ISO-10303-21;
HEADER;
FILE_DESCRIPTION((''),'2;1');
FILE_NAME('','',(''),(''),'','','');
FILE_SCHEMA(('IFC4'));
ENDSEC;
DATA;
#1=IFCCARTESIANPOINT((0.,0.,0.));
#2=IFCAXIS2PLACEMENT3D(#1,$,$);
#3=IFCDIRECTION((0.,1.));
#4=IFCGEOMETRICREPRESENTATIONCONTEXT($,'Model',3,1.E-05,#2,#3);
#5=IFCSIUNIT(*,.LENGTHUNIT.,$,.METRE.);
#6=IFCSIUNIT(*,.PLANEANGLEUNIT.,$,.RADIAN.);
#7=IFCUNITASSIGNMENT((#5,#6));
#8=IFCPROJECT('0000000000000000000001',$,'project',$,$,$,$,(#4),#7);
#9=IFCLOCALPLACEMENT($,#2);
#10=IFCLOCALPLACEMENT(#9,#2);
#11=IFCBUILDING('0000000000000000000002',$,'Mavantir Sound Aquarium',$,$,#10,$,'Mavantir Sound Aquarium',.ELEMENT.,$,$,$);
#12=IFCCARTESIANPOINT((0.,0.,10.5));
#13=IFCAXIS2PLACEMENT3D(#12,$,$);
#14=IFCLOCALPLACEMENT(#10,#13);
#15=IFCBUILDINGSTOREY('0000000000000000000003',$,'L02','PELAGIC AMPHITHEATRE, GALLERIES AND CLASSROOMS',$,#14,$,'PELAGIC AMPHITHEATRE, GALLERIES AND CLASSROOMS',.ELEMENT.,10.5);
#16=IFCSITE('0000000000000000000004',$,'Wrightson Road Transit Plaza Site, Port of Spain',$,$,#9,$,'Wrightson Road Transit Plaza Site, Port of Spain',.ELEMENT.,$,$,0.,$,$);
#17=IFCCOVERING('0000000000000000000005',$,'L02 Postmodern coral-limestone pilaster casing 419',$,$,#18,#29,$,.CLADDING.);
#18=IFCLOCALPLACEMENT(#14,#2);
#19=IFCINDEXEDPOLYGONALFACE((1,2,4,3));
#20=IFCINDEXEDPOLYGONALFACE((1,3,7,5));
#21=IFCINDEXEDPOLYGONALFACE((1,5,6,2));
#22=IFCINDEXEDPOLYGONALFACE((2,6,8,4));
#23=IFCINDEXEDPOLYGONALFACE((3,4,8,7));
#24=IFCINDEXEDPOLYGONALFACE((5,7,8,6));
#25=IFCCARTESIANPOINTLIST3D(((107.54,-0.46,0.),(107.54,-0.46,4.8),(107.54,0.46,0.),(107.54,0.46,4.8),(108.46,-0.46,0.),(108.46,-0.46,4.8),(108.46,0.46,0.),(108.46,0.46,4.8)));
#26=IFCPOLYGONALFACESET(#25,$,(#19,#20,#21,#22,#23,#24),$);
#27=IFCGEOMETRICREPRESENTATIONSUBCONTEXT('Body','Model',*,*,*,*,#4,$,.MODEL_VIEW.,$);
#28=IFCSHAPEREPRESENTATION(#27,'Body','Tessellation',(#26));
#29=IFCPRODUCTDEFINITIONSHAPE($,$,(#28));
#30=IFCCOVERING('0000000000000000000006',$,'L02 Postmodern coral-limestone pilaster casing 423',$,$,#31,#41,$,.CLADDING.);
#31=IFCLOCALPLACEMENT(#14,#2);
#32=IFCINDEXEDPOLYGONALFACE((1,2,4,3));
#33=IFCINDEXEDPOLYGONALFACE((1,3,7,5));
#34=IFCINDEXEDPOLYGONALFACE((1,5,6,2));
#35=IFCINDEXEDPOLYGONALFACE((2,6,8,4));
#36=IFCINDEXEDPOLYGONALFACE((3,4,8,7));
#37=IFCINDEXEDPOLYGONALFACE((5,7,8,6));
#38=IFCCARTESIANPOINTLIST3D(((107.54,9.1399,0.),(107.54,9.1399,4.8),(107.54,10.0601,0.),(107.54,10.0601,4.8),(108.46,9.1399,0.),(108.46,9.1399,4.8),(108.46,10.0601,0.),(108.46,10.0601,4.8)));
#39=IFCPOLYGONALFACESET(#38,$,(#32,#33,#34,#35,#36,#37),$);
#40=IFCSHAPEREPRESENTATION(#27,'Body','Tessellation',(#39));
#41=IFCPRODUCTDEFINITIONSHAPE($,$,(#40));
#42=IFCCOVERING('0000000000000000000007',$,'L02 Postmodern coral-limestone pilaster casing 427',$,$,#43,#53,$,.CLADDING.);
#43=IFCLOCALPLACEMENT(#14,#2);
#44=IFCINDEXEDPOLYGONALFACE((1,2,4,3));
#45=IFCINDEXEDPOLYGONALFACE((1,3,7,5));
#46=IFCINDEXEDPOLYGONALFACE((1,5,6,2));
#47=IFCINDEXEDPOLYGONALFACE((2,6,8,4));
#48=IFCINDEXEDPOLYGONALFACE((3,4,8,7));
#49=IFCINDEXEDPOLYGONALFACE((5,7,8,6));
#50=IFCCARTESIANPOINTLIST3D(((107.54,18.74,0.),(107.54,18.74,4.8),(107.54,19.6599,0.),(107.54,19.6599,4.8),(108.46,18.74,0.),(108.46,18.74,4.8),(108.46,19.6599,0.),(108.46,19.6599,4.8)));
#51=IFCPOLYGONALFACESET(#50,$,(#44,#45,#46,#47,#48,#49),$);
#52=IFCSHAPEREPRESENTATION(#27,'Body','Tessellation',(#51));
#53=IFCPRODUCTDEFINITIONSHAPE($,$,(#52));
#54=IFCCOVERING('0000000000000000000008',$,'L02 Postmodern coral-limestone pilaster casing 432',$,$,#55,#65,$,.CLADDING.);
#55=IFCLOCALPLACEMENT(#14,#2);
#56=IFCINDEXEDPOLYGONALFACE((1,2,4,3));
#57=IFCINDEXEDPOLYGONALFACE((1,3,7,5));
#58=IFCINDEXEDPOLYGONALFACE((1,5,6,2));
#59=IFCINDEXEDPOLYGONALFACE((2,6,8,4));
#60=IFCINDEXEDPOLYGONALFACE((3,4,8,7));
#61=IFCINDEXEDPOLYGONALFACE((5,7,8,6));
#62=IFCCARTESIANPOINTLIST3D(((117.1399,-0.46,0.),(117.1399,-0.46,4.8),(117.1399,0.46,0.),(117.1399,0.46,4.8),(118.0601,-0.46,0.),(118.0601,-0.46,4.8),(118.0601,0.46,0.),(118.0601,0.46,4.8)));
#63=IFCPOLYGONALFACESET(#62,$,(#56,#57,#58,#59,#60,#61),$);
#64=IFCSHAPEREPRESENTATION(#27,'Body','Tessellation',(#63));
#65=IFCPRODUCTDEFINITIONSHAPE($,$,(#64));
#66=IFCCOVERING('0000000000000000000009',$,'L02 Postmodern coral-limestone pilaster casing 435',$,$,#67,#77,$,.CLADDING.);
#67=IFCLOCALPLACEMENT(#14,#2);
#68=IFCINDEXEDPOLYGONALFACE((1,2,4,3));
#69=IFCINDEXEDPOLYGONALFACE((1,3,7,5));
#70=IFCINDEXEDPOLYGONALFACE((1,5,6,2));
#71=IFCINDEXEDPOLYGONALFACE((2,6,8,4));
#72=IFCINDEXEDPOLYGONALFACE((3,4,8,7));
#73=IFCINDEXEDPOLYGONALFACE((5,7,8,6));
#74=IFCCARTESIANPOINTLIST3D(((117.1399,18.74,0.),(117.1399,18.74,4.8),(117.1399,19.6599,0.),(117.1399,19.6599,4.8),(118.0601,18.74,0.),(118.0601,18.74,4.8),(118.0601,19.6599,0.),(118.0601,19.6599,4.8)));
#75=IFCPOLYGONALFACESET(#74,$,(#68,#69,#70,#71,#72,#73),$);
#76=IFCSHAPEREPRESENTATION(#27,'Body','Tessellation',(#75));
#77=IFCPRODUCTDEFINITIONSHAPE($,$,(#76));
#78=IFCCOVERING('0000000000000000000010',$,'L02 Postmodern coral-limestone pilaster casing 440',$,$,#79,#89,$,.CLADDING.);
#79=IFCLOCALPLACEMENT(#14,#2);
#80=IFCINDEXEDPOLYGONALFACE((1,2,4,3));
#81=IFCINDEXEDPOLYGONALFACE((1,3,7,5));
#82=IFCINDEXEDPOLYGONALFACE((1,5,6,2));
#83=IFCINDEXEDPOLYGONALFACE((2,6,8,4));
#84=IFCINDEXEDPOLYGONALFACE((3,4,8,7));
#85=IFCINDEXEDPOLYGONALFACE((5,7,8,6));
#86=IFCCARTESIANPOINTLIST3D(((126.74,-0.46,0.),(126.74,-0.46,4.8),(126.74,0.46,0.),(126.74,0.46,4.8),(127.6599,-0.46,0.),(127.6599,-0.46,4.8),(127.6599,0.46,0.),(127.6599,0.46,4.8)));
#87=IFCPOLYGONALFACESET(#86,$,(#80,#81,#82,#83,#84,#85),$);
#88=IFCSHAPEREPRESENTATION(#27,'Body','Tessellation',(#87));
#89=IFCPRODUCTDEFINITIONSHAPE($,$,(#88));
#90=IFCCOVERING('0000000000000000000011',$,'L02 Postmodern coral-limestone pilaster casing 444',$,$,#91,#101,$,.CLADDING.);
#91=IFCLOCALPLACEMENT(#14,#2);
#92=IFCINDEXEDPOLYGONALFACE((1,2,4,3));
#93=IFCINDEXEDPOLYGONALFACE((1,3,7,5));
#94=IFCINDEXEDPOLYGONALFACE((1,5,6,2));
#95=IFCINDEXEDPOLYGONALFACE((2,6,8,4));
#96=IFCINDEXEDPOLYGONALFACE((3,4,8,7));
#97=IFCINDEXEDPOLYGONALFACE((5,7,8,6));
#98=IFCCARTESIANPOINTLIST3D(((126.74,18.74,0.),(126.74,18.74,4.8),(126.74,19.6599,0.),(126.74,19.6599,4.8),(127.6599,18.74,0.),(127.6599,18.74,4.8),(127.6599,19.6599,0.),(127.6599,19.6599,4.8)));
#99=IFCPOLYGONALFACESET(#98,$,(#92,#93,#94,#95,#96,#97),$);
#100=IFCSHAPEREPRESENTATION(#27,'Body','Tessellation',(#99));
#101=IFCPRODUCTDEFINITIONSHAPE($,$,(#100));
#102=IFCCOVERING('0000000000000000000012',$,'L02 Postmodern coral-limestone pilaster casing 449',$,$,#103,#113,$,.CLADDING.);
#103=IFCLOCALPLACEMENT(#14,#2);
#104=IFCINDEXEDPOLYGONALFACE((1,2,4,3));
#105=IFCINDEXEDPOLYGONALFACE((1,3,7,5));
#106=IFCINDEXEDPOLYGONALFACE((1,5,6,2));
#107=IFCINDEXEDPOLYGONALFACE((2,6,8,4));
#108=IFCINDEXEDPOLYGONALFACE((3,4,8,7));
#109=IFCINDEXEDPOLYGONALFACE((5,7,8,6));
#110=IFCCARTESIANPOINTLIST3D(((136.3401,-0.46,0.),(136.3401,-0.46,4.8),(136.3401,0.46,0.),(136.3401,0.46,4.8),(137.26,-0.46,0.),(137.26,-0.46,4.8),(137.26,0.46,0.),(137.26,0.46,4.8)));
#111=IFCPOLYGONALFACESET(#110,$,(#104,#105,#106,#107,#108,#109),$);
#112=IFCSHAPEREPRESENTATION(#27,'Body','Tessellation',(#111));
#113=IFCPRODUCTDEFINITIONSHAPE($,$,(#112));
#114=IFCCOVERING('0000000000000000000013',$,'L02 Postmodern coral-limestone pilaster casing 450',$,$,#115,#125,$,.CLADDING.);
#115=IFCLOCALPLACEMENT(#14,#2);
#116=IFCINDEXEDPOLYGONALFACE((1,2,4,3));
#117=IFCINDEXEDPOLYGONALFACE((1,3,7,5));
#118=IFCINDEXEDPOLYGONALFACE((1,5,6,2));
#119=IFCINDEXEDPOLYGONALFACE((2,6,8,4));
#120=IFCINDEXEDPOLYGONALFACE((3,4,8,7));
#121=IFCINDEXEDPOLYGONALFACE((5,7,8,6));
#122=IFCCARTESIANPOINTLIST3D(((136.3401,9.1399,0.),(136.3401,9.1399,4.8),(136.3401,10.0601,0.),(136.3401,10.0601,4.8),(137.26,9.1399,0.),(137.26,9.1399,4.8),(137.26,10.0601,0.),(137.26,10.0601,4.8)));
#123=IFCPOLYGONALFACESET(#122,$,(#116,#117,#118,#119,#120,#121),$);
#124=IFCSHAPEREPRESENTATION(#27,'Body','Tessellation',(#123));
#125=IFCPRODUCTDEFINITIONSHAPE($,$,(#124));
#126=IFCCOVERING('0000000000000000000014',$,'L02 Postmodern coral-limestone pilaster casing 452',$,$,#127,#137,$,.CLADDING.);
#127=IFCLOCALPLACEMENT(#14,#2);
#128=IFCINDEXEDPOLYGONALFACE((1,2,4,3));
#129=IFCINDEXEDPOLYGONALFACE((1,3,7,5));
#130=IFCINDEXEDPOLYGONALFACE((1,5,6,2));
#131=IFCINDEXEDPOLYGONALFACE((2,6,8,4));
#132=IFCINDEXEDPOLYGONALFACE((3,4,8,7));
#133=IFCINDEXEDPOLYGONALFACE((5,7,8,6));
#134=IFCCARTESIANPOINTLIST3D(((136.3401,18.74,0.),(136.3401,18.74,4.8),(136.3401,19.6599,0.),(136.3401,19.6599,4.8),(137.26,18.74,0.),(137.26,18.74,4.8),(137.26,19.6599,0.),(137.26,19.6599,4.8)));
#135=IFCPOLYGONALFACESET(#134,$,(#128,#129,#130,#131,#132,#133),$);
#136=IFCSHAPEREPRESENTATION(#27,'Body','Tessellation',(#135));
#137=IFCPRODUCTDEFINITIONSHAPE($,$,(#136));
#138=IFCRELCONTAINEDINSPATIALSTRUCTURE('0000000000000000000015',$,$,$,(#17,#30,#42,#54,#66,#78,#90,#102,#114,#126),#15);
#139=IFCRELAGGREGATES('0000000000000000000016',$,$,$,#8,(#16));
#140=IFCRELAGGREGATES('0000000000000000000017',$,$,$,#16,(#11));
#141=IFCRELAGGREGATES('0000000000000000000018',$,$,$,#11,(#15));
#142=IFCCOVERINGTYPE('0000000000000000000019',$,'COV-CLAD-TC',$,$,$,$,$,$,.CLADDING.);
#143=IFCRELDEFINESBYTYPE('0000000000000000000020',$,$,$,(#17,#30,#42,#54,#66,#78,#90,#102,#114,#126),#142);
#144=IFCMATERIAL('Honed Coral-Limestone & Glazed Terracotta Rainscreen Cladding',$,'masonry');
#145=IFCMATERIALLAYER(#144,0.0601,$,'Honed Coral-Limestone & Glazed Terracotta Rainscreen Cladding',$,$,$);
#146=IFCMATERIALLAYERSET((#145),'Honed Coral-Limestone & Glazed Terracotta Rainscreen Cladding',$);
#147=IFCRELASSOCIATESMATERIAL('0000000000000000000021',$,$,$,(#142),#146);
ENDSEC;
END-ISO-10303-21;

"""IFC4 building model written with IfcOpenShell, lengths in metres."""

from ifc_helpers import new_model, si_unit, direction, frame, origin, place, context, subcontext, project, spatial, polyline, outline, extrude, material, layer, layer_set, type_object, element, save


model = new_model("IFC4")

# Units and contexts
model_context = context("Model", 3, precision=1e-05, world=origin(), true_north=direction((0.0, 1.0)))
body_context = subcontext(model_context, "Body", "Model", "MODEL_VIEW")
ifc_project = project(units=[si_unit("LENGTHUNIT", "METRE"), si_unit("PLANEANGLEUNIT", "RADIAN")], contexts=[model_context])

# Site, building, storey
site_placement = place(None, origin())
site = spatial("IfcSite", under=ifc_project, at=site_placement, Name="Wrightson Road Transit Plaza Site, Port of Spain", LongName="Wrightson Road Transit Plaza Site, Port of Spain", CompositionType="ELEMENT", RefElevation=0.0)
building_placement = place(site_placement, origin())
building = spatial("IfcBuilding", under=site, at=building_placement, Name="Mavantir Sound Aquarium", LongName="Mavantir Sound Aquarium", CompositionType="ELEMENT")
storey_placement = place(building_placement, frame((0.0, 0.0, 10.5)))
storey = spatial("IfcBuildingStorey", under=building, at=storey_placement, Name="L02", Description="PELAGIC AMPHITHEATRE, GALLERIES AND CLASSROOMS", LongName="PELAGIC AMPHITHEATRE, GALLERIES AND CLASSROOMS", CompositionType="ELEMENT", Elevation=10.5)

# Coverings
ifc_material_1 = material(Name="Honed Coral-Limestone & Glazed Terracotta Rainscreen Cladding", Category="masonry")
ifc_layer_1 = layer(ifc_material_1, 0.0601, Name="Honed Coral-Limestone & Glazed Terracotta Rainscreen Cladding")
ifc_layer_set_1 = layer_set([ifc_layer_1], Name="Honed Coral-Limestone & Glazed Terracotta Rainscreen Cladding")
covering_type = type_object("IfcCoveringType", Name="COV-CLAD-TC", PredefinedType="CLADDING", material=ifc_layer_set_1)
covering_1_placement = place(storey_placement, origin())
element("IfcCovering", 1, at=covering_1_placement, inside=storey, type_object=covering_type, Name="L02 Postmodern coral-limestone pilaster casing 419", PredefinedType="CLADDING", context=body_context, shape_type="SweptSolid", body=[
    extrude(outline(polyline([(107.54, -0.46), (108.46, -0.46), (108.46, 0.46), (107.54, 0.46), (107.54, -0.46)])), origin(), (0.0, 0.0, 1.0), 4.8),
])
covering_2_placement = place(storey_placement, origin())
element("IfcCovering", 2, at=covering_2_placement, inside=storey, type_object=covering_type, Name="L02 Postmodern coral-limestone pilaster casing 423", PredefinedType="CLADDING", context=body_context, shape_type="SweptSolid", body=[
    extrude(outline(polyline([(107.54, 9.1399), (108.46, 9.1399), (108.46, 10.0601), (107.54, 10.0601), (107.54, 9.1399)])), origin(), (0.0, 0.0, 1.0), 4.8),
])
covering_3_placement = place(storey_placement, origin())
element("IfcCovering", 3, at=covering_3_placement, inside=storey, type_object=covering_type, Name="L02 Postmodern coral-limestone pilaster casing 427", PredefinedType="CLADDING", context=body_context, shape_type="SweptSolid", body=[
    extrude(outline(polyline([(107.54, 18.74), (108.46, 18.74), (108.46, 19.6599), (107.54, 19.6599), (107.54, 18.74)])), origin(), (0.0, 0.0, 1.0), 4.8),
])
covering_4_placement = place(storey_placement, origin())
element("IfcCovering", 4, at=covering_4_placement, inside=storey, type_object=covering_type, Name="L02 Postmodern coral-limestone pilaster casing 432", PredefinedType="CLADDING", context=body_context, shape_type="SweptSolid", body=[
    extrude(outline(polyline([(117.1399, -0.46), (118.0601, -0.46), (118.0601, 0.46), (117.1399, 0.46), (117.1399, -0.46)])), origin(), (0.0, 0.0, 1.0), 4.8),
])
covering_5_placement = place(storey_placement, origin())
element("IfcCovering", 5, at=covering_5_placement, inside=storey, type_object=covering_type, Name="L02 Postmodern coral-limestone pilaster casing 435", PredefinedType="CLADDING", context=body_context, shape_type="SweptSolid", body=[
    extrude(outline(polyline([(117.1399, 18.74), (118.0601, 18.74), (118.0601, 19.6599), (117.1399, 19.6599), (117.1399, 18.74)])), origin(), (0.0, 0.0, 1.0), 4.8),
])
covering_6_placement = place(storey_placement, origin())
element("IfcCovering", 6, at=covering_6_placement, inside=storey, type_object=covering_type, Name="L02 Postmodern coral-limestone pilaster casing 440", PredefinedType="CLADDING", context=body_context, shape_type="SweptSolid", body=[
    extrude(outline(polyline([(126.74, -0.46), (127.6599, -0.46), (127.6599, 0.46), (126.74, 0.46), (126.74, -0.46)])), origin(), (0.0, 0.0, 1.0), 4.8),
])
covering_7_placement = place(storey_placement, origin())
element("IfcCovering", 7, at=covering_7_placement, inside=storey, type_object=covering_type, Name="L02 Postmodern coral-limestone pilaster casing 444", PredefinedType="CLADDING", context=body_context, shape_type="SweptSolid", body=[
    extrude(outline(polyline([(126.74, 18.74), (127.6599, 18.74), (127.6599, 19.6599), (126.74, 19.6599), (126.74, 18.74)])), origin(), (0.0, 0.0, 1.0), 4.8),
])
covering_8_placement = place(storey_placement, origin())
element("IfcCovering", 8, at=covering_8_placement, inside=storey, type_object=covering_type, Name="L02 Postmodern coral-limestone pilaster casing 449", PredefinedType="CLADDING", context=body_context, shape_type="SweptSolid", body=[
    extrude(outline(polyline([(136.3401, -0.46), (137.26, -0.46), (137.26, 0.46), (136.3401, 0.46), (136.3401, -0.46)])), origin(), (0.0, 0.0, 1.0), 4.8),
])
covering_9_placement = place(storey_placement, origin())
element("IfcCovering", 9, at=covering_9_placement, inside=storey, type_object=covering_type, Name="L02 Postmodern coral-limestone pilaster casing 450", PredefinedType="CLADDING", context=body_context, shape_type="SweptSolid", body=[
    extrude(outline(polyline([(136.3401, 9.1399), (137.26, 9.1399), (137.26, 10.0601), (136.3401, 10.0601), (136.3401, 9.1399)])), origin(), (0.0, 0.0, 1.0), 4.8),
])
covering_10_placement = place(storey_placement, origin())
element("IfcCovering", 10, at=covering_10_placement, inside=storey, type_object=covering_type, Name="L02 Postmodern coral-limestone pilaster casing 452", PredefinedType="CLADDING", context=body_context, shape_type="SweptSolid", body=[
    extrude(outline(polyline([(136.3401, 18.74), (137.26, 18.74), (137.26, 19.6599), (136.3401, 19.6599), (136.3401, 18.74)])), origin(), (0.0, 0.0, 1.0), 4.8),
])

save(model, "model.ifc")
